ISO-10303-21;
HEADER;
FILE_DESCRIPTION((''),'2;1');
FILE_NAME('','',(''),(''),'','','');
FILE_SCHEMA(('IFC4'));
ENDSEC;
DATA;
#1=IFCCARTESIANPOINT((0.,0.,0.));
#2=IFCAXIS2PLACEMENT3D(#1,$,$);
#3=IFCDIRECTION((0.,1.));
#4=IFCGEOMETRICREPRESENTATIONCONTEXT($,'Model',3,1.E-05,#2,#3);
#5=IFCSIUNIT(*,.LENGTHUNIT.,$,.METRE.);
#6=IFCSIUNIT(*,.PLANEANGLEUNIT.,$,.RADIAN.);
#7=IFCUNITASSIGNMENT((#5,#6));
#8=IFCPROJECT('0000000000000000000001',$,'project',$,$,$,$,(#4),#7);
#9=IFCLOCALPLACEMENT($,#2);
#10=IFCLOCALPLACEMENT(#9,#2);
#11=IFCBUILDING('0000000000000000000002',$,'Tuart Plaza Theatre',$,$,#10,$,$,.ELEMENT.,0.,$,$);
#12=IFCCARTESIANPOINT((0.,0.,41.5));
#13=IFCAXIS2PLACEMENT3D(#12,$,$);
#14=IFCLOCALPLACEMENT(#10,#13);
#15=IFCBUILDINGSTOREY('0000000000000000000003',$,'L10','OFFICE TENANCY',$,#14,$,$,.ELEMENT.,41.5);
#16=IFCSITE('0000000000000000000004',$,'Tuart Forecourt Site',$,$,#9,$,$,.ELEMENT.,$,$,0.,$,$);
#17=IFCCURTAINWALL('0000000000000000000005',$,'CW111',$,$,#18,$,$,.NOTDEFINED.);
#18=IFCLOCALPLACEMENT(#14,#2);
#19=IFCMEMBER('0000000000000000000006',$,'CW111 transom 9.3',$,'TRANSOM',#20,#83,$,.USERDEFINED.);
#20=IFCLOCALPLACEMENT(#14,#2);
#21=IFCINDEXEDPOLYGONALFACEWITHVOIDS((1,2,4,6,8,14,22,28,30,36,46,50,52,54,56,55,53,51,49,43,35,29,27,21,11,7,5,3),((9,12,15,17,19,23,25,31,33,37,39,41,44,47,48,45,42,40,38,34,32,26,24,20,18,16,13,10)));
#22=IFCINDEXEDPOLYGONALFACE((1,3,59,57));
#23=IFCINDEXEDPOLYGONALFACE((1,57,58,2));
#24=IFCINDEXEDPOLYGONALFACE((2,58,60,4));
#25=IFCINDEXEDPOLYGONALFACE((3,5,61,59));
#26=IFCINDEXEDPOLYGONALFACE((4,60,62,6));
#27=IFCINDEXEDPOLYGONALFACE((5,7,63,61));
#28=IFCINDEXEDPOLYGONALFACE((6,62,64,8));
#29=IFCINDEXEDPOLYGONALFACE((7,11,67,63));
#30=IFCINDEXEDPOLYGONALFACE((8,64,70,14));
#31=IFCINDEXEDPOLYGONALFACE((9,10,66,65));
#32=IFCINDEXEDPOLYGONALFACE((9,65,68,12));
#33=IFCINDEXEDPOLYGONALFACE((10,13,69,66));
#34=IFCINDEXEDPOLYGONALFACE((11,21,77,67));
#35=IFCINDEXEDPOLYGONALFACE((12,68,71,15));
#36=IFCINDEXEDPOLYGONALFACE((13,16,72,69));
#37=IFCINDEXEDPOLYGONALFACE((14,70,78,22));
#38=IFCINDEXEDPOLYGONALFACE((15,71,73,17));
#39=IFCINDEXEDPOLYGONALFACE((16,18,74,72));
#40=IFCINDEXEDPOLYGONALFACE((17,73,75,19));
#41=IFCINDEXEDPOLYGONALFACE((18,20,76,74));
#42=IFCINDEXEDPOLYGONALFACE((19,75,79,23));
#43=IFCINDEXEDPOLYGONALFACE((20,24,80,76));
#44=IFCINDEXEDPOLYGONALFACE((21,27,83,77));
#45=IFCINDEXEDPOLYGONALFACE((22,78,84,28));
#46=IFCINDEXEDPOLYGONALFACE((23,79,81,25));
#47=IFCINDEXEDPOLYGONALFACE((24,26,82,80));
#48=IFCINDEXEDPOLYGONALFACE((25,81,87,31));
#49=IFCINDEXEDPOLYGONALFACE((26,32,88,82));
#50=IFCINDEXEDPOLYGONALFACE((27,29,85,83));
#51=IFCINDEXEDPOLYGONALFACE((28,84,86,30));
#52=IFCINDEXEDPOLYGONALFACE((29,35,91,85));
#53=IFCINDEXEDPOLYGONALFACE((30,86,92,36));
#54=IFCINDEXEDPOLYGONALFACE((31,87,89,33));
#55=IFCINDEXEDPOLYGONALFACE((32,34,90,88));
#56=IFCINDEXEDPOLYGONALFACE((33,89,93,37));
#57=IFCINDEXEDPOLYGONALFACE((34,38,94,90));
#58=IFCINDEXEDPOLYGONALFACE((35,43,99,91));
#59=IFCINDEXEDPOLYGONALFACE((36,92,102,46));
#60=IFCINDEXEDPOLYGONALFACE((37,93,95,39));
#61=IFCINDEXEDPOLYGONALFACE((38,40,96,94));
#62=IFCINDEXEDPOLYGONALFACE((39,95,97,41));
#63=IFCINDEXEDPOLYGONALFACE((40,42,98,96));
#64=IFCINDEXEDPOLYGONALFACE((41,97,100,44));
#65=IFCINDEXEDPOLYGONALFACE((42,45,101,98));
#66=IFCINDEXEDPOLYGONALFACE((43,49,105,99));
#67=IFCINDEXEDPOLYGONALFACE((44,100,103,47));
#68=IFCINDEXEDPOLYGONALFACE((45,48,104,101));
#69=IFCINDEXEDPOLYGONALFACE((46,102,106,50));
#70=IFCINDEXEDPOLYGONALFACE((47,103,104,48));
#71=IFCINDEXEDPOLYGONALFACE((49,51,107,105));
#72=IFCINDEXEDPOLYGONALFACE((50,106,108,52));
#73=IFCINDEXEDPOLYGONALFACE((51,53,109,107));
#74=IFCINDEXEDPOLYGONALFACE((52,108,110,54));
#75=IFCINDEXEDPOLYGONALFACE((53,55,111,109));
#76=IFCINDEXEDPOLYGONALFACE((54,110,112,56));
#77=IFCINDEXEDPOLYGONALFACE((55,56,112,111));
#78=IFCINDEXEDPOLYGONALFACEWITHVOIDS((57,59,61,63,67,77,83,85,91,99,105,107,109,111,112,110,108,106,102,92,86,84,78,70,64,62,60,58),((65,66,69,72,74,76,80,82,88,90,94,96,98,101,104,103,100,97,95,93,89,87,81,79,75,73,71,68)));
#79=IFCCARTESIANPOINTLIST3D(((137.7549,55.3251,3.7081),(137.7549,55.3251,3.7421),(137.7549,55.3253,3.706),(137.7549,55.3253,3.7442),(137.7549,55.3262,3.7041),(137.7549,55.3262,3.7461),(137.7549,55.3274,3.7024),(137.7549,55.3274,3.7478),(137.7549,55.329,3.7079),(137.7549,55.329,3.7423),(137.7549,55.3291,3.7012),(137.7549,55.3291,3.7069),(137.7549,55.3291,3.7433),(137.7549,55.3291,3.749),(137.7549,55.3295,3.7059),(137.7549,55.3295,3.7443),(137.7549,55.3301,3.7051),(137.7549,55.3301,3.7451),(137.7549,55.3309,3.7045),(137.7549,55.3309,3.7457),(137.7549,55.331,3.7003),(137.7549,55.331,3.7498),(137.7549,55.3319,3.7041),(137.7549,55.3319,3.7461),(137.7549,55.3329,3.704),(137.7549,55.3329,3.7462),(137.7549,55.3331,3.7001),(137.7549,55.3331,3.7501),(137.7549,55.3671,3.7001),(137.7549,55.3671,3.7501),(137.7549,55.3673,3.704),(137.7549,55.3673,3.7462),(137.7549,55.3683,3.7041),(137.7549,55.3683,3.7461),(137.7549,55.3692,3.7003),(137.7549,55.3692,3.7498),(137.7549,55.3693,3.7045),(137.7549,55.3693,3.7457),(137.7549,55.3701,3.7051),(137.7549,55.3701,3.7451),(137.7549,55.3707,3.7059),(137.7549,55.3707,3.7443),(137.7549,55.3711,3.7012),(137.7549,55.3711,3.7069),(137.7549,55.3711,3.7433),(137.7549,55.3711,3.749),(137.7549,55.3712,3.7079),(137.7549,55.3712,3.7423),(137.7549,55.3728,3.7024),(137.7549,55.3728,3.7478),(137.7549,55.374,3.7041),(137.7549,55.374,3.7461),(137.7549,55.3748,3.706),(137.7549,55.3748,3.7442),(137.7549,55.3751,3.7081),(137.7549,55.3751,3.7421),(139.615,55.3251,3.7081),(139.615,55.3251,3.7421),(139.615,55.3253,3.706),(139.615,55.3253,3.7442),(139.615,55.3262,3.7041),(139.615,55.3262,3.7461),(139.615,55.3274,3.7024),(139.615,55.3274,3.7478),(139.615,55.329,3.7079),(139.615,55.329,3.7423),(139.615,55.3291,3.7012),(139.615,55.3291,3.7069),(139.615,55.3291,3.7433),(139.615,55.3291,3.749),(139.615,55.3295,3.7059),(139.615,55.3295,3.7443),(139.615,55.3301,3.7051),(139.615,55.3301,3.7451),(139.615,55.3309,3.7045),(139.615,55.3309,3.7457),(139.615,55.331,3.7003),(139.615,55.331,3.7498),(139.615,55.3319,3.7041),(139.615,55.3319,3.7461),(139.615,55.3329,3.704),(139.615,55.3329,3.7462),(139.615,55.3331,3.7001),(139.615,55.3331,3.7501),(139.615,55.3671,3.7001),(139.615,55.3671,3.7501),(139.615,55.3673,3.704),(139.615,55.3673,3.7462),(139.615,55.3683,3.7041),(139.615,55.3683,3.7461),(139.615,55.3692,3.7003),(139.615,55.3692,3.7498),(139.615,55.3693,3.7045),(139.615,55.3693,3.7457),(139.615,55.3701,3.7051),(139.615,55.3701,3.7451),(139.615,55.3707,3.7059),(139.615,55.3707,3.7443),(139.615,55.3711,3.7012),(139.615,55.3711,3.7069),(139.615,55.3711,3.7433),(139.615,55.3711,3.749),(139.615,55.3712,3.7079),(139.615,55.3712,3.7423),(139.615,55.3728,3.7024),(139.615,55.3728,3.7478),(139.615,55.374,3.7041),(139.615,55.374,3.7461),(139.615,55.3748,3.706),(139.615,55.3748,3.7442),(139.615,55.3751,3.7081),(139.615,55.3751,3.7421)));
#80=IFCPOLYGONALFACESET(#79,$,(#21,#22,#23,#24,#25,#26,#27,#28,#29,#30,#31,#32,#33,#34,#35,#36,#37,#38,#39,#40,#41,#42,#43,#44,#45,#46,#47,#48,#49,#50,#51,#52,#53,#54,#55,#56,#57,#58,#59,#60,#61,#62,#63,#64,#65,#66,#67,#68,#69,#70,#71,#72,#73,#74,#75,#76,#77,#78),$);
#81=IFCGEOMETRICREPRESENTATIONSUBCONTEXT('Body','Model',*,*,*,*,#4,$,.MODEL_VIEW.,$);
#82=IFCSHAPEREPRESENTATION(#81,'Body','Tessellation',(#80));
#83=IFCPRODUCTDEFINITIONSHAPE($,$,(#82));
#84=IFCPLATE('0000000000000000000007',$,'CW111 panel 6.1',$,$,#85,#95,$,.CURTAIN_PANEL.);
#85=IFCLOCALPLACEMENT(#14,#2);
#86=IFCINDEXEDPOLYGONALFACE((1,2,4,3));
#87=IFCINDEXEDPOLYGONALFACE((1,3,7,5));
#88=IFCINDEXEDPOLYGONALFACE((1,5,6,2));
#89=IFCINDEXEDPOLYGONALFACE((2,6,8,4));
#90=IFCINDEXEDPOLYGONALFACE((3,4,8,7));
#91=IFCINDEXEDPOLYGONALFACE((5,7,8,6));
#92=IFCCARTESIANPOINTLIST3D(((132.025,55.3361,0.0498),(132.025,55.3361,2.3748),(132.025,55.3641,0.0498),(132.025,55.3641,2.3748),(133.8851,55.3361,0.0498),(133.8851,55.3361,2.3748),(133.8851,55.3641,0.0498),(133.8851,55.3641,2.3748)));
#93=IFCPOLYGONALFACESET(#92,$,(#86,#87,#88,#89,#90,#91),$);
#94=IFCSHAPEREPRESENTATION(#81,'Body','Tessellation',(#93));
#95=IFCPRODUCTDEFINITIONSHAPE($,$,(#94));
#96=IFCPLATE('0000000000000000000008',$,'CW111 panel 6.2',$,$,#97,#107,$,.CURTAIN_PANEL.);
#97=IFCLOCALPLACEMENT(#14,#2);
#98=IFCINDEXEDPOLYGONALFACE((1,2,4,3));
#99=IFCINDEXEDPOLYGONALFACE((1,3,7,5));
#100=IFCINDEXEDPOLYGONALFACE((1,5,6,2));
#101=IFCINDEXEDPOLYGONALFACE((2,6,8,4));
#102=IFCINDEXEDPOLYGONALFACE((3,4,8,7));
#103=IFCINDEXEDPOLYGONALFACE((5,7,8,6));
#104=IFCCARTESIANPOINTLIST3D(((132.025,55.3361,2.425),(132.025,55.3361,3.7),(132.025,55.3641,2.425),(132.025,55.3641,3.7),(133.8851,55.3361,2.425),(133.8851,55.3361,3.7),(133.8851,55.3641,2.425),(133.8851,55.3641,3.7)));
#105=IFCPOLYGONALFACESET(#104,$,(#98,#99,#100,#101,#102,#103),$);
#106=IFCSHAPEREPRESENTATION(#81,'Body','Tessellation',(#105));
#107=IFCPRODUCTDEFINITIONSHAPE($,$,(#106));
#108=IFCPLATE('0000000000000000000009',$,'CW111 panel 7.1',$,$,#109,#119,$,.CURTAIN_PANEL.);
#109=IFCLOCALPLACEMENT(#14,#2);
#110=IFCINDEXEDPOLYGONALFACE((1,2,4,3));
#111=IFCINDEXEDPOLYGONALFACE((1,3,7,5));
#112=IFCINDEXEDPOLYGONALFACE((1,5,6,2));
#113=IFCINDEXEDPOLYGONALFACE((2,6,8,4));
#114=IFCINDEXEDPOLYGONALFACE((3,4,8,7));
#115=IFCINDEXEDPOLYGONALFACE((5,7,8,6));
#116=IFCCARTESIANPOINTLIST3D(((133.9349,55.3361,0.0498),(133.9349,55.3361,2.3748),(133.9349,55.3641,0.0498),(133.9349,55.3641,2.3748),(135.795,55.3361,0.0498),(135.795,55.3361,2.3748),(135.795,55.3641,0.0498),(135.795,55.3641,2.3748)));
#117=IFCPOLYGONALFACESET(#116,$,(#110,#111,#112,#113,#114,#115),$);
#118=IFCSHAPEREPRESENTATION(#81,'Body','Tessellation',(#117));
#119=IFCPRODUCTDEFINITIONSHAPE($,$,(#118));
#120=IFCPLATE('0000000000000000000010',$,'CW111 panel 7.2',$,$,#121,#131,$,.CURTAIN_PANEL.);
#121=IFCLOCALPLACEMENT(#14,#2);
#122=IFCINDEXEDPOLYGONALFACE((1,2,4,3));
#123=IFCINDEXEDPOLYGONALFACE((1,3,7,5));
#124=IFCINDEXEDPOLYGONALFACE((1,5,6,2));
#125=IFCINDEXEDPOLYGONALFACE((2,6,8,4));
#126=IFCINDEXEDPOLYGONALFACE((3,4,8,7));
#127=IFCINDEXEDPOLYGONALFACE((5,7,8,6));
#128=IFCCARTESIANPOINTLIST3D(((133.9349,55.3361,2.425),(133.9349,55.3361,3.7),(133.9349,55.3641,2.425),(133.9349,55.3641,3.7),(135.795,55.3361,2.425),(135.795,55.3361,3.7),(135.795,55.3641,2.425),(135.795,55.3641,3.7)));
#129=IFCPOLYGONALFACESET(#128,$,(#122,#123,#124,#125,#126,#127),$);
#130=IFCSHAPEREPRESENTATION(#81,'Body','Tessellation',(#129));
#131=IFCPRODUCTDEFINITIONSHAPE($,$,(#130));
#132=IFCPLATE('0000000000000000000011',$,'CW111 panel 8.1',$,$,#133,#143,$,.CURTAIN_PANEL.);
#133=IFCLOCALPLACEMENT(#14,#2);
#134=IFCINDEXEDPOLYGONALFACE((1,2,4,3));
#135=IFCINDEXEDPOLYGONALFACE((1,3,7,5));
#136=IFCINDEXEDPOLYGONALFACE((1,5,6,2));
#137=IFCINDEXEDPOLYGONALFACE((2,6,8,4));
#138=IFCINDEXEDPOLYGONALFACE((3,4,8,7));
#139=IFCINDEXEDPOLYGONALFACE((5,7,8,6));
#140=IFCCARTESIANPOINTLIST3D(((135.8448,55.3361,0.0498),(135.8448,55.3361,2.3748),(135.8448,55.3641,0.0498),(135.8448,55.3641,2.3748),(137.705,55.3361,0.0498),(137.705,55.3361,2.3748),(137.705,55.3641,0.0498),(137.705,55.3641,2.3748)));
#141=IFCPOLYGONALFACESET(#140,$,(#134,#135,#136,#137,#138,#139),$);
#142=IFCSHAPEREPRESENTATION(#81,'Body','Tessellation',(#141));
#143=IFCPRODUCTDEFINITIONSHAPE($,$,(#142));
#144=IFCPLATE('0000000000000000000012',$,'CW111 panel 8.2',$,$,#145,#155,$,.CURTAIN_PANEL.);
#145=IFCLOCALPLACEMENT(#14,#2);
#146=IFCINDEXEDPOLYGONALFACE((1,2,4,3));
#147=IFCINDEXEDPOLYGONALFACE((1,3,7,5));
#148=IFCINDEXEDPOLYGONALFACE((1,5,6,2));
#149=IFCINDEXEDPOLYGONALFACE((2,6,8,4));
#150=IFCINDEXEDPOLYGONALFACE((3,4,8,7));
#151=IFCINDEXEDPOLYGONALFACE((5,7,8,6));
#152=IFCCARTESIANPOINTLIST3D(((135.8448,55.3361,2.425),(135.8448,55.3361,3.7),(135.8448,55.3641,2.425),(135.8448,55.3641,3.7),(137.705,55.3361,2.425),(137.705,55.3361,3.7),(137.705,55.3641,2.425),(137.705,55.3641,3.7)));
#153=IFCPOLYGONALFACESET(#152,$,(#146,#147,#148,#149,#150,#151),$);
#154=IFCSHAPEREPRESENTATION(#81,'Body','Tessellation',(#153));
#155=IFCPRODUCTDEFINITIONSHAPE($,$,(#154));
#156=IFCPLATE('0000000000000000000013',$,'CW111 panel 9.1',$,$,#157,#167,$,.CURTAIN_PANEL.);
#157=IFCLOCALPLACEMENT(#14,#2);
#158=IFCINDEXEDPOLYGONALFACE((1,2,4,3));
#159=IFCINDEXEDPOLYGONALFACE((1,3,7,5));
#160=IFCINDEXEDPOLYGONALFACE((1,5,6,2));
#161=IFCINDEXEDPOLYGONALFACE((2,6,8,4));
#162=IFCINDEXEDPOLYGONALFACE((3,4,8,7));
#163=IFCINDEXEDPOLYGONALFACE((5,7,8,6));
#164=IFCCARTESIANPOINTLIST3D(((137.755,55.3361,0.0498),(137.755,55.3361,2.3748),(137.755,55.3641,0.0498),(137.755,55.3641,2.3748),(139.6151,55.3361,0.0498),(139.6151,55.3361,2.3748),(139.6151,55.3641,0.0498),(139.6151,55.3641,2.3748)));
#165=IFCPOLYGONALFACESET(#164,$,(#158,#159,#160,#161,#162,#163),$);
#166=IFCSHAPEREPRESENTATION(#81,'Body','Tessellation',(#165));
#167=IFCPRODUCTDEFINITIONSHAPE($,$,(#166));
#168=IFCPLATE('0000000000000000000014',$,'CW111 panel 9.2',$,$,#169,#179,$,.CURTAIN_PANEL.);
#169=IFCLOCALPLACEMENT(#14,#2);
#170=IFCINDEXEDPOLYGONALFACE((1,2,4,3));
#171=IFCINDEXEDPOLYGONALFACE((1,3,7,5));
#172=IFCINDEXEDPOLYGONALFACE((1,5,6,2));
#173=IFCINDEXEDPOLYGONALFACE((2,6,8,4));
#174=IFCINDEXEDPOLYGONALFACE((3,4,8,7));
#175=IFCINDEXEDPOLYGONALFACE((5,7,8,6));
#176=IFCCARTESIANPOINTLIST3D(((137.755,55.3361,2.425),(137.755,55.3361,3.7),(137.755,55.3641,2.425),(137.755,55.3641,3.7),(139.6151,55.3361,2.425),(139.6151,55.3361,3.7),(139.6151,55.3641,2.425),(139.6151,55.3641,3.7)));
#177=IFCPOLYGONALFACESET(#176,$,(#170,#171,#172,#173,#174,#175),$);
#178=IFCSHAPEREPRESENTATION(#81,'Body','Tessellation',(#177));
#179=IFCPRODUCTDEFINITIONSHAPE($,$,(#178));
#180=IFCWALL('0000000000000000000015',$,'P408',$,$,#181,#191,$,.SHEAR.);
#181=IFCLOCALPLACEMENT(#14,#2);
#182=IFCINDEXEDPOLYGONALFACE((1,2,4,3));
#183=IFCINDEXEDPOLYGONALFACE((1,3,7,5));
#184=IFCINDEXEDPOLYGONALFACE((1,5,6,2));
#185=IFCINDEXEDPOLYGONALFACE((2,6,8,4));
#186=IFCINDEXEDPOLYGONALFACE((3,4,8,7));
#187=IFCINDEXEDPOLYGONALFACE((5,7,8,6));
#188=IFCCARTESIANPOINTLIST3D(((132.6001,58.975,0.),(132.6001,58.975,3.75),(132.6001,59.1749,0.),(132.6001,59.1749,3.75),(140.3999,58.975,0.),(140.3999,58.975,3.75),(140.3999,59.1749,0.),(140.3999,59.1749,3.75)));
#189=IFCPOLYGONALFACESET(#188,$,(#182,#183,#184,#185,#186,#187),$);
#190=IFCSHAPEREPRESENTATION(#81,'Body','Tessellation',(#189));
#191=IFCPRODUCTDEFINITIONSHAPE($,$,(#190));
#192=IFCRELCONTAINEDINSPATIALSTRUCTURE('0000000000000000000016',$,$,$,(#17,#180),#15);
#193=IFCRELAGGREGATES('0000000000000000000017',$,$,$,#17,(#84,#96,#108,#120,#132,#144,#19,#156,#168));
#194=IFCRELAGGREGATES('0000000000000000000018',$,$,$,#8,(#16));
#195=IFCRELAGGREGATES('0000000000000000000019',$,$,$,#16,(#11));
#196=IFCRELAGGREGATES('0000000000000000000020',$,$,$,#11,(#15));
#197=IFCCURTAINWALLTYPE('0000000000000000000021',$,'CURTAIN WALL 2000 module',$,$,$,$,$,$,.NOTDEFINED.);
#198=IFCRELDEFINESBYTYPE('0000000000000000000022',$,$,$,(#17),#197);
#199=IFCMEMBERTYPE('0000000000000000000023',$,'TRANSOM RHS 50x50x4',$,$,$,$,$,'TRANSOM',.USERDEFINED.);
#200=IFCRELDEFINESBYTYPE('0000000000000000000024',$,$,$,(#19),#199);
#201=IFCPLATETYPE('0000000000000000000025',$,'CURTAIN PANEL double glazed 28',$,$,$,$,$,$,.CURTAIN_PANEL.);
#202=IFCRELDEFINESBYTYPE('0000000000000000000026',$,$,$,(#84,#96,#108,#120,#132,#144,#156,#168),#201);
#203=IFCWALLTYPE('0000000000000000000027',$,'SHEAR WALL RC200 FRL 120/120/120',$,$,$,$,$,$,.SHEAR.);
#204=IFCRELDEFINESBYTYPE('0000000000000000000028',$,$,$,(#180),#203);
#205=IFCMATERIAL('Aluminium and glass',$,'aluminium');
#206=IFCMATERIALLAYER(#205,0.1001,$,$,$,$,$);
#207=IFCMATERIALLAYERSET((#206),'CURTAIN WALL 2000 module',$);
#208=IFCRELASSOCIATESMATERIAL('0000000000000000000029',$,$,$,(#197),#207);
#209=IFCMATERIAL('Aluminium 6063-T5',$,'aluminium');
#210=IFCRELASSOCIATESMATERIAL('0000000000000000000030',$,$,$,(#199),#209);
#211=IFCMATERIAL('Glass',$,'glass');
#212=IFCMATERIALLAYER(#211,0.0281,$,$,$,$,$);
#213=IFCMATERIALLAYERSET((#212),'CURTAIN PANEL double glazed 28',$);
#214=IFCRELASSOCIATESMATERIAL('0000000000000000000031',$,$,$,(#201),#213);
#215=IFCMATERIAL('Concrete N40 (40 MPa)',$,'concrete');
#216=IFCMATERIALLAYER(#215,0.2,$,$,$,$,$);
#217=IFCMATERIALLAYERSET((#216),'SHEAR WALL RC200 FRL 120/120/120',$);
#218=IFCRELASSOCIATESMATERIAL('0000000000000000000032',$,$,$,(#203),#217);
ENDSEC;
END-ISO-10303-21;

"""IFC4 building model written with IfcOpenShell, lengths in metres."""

from ifc_helpers import new_model, si_unit, direction, frame, frame_2d, origin, origin_2d, place, context, subcontext, project, spatial, rectangle, hollow_rectangle, extrude, material, layer, layer_set, material_profile, profile_set, type_object, element, aggregate, save


model = new_model("IFC4")

# Units and contexts
model_context = context("Model", 3, precision=1e-05, world=origin(), true_north=direction((0.0, 1.0)))
body_context = subcontext(model_context, "Body", "Model", "MODEL_VIEW")
ifc_project = project(units=[si_unit("LENGTHUNIT", "METRE"), si_unit("PLANEANGLEUNIT", "RADIAN")], contexts=[model_context])

# Site, building, storey
site_placement = place(None, origin())
site = spatial("IfcSite", under=ifc_project, at=site_placement, Name="Tuart Forecourt Site", CompositionType="ELEMENT", RefElevation=0.0)
building_placement = place(site_placement, origin())
building = spatial("IfcBuilding", under=site, at=building_placement, Name="Tuart Plaza Theatre", CompositionType="ELEMENT", ElevationOfRefHeight=0.0)
storey_placement = place(building_placement, frame((0.0, 0.0, 41.5)))
storey = spatial("IfcBuildingStorey", under=building, at=storey_placement, Name="L10", Description="OFFICE TENANCY", CompositionType="ELEMENT", Elevation=41.5)

# Curtain wall, member, plates
ifc_material_1 = material(Name="Aluminium and glass", Category="aluminium")
ifc_layer_1 = layer(ifc_material_1, 0.1001)
ifc_layer_set_1 = layer_set([ifc_layer_1], Name="CURTAIN WALL 2000 module")
curtain_wall_type = type_object("IfcCurtainWallType", Name="CURTAIN WALL 2000 module", PredefinedType="NOTDEFINED", material=ifc_layer_set_1)
curtain_wall_placement = place(storey_placement, origin())
curtain_wall = element("IfcCurtainWall", 1, at=curtain_wall_placement, inside=storey, type_object=curtain_wall_type, Name="CW111", PredefinedType="NOTDEFINED")
ifc_material_2 = material(Name="Aluminium 6063-T5", Category="aluminium")
ifc_material_profile_1 = material_profile(ifc_material_2, hollow_rectangle(XDim=0.05, YDim=0.05, WallThickness=0.0039, InnerFilletRadius=0.0039, OuterFilletRadius=0.0081, at=origin_2d()), Name="RHS 50x50x4")
ifc_profile_set_1 = profile_set([ifc_material_profile_1], Name="Aluminium 6063-T5")
member_type_1 = type_object("IfcMemberType", Name="TRANSOM RHS 50x50x4", ElementType="TRANSOM", PredefinedType="USERDEFINED", material=ifc_profile_set_1)
member_1_placement = place(storey_placement, frame((137.7549, 55.3501, 3.7251), z_axis=(1.0, 0.0, 0.0), x_axis=(0.0, 1.0, 0.0)))
member_1 = element("IfcMember", 2, at=member_1_placement, type_object=member_type_1, Name="CW111 transom 9.3", ObjectType="TRANSOM", PredefinedType="USERDEFINED", context=body_context, shape_type="SweptSolid", body=[
    extrude(hollow_rectangle(XDim=0.05, YDim=0.05, WallThickness=0.0039, InnerFilletRadius=0.0039, OuterFilletRadius=0.0081, at=origin_2d()), origin(), (0.0, 0.0, 1.0), 1.8601),
])
ifc_material_3 = material(Name="Glass", Category="glass")
ifc_layer_2 = layer(ifc_material_3, 0.0281)
ifc_layer_set_2 = layer_set([ifc_layer_2], Name="CURTAIN PANEL double glazed 28")
plate_type = type_object("IfcPlateType", Name="CURTAIN PANEL double glazed 28", PredefinedType="CURTAIN_PANEL", material=ifc_layer_set_2)
plate_1_placement = place(storey_placement, frame((132.9551, 55.3501, 0.0498), z_axis=(0.0, 0.0, 1.0), x_axis=(1.0, 0.0, 0.0)))
plate_1 = element("IfcPlate", 3, at=plate_1_placement, type_object=plate_type, Name="CW111 panel 6.1", PredefinedType="CURTAIN_PANEL", context=body_context, shape_type="SweptSolid", body=[
    extrude(rectangle(XDim=1.8601, YDim=0.0281, at=origin_2d()), origin(), (0.0, 0.0, 1.0), 2.325),
])
plate_2_placement = place(storey_placement, frame((132.9551, 55.3501, 2.425), z_axis=(0.0, 0.0, 1.0), x_axis=(1.0, 0.0, 0.0)))
plate_2 = element("IfcPlate", 4, at=plate_2_placement, type_object=plate_type, Name="CW111 panel 6.2", PredefinedType="CURTAIN_PANEL", context=body_context, shape_type="SweptSolid", body=[
    extrude(rectangle(XDim=1.8601, YDim=0.0281, at=origin_2d()), origin(), (0.0, 0.0, 1.0), 1.2749),
])
plate_3_placement = place(storey_placement, frame((134.865, 55.3501, 0.0498), z_axis=(0.0, 0.0, 1.0), x_axis=(1.0, 0.0, 0.0)))
plate_3 = element("IfcPlate", 5, at=plate_3_placement, type_object=plate_type, Name="CW111 panel 7.1", PredefinedType="CURTAIN_PANEL", context=body_context, shape_type="SweptSolid", body=[
    extrude(rectangle(XDim=1.8601, YDim=0.0281, at=origin_2d()), origin(), (0.0, 0.0, 1.0), 2.325),
])
plate_4_placement = place(storey_placement, frame((134.865, 55.3501, 2.425), z_axis=(0.0, 0.0, 1.0), x_axis=(1.0, 0.0, 0.0)))
plate_4 = element("IfcPlate", 6, at=plate_4_placement, type_object=plate_type, Name="CW111 panel 7.2", PredefinedType="CURTAIN_PANEL", context=body_context, shape_type="SweptSolid", body=[
    extrude(rectangle(XDim=1.8601, YDim=0.0281, at=origin_2d()), origin(), (0.0, 0.0, 1.0), 1.2749),
])
plate_5_placement = place(storey_placement, frame((136.7749, 55.3501, 0.0498), z_axis=(0.0, 0.0, 1.0), x_axis=(1.0, 0.0, 0.0)))
plate_5 = element("IfcPlate", 7, at=plate_5_placement, type_object=plate_type, Name="CW111 panel 8.1", PredefinedType="CURTAIN_PANEL", context=body_context, shape_type="SweptSolid", body=[
    extrude(rectangle(XDim=1.8601, YDim=0.0281, at=origin_2d()), origin(), (0.0, 0.0, 1.0), 2.325),
])
plate_6_placement = place(storey_placement, frame((136.7749, 55.3501, 2.425), z_axis=(0.0, 0.0, 1.0), x_axis=(1.0, 0.0, 0.0)))
plate_6 = element("IfcPlate", 8, at=plate_6_placement, type_object=plate_type, Name="CW111 panel 8.2", PredefinedType="CURTAIN_PANEL", context=body_context, shape_type="SweptSolid", body=[
    extrude(rectangle(XDim=1.8601, YDim=0.0281, at=origin_2d()), origin(), (0.0, 0.0, 1.0), 1.2749),
])
plate_7_placement = place(storey_placement, frame((138.6851, 55.3501, 0.0498), z_axis=(0.0, 0.0, 1.0), x_axis=(1.0, 0.0, 0.0)))
plate_7 = element("IfcPlate", 9, at=plate_7_placement, type_object=plate_type, Name="CW111 panel 9.1", PredefinedType="CURTAIN_PANEL", context=body_context, shape_type="SweptSolid", body=[
    extrude(rectangle(XDim=1.8601, YDim=0.0281, at=origin_2d()), origin(), (0.0, 0.0, 1.0), 2.325),
])
plate_8_placement = place(storey_placement, frame((138.6851, 55.3501, 2.425), z_axis=(0.0, 0.0, 1.0), x_axis=(1.0, 0.0, 0.0)))
plate_8 = element("IfcPlate", 10, at=plate_8_placement, type_object=plate_type, Name="CW111 panel 9.2", PredefinedType="CURTAIN_PANEL", context=body_context, shape_type="SweptSolid", body=[
    extrude(rectangle(XDim=1.8601, YDim=0.0281, at=origin_2d()), origin(), (0.0, 0.0, 1.0), 1.2749),
])
aggregate(curtain_wall, [plate_1, plate_2, plate_3, plate_4, plate_5, plate_6, member_1, plate_7, plate_8])

# Wall
ifc_material_4 = material(Name="Concrete N40 (40 MPa)", Category="concrete")
ifc_layer_3 = layer(ifc_material_4, 0.2)
ifc_layer_set_3 = layer_set([ifc_layer_3], Name="SHEAR WALL RC200 FRL 120/120/120")
wall_type = type_object("IfcWallType", Name="SHEAR WALL RC200 FRL 120/120/120", PredefinedType="SHEAR", material=ifc_layer_set_3)
wall_1_placement = place(storey_placement, frame((132.6001, 59.075, 0.0), z_axis=(0.0, 0.0, 1.0), x_axis=(1.0, 0.0, 0.0)))
element("IfcWall", 11, at=wall_1_placement, inside=storey, type_object=wall_type, Name="P408", PredefinedType="SHEAR", context=body_context, shape_type="SweptSolid", body=[
    extrude(rectangle(XDim=7.7998, YDim=0.2, at=frame_2d((3.8999, 0.0))), origin(), (0.0, 0.0, 1.0), 3.75),
])

save(model, "model.ifc")
